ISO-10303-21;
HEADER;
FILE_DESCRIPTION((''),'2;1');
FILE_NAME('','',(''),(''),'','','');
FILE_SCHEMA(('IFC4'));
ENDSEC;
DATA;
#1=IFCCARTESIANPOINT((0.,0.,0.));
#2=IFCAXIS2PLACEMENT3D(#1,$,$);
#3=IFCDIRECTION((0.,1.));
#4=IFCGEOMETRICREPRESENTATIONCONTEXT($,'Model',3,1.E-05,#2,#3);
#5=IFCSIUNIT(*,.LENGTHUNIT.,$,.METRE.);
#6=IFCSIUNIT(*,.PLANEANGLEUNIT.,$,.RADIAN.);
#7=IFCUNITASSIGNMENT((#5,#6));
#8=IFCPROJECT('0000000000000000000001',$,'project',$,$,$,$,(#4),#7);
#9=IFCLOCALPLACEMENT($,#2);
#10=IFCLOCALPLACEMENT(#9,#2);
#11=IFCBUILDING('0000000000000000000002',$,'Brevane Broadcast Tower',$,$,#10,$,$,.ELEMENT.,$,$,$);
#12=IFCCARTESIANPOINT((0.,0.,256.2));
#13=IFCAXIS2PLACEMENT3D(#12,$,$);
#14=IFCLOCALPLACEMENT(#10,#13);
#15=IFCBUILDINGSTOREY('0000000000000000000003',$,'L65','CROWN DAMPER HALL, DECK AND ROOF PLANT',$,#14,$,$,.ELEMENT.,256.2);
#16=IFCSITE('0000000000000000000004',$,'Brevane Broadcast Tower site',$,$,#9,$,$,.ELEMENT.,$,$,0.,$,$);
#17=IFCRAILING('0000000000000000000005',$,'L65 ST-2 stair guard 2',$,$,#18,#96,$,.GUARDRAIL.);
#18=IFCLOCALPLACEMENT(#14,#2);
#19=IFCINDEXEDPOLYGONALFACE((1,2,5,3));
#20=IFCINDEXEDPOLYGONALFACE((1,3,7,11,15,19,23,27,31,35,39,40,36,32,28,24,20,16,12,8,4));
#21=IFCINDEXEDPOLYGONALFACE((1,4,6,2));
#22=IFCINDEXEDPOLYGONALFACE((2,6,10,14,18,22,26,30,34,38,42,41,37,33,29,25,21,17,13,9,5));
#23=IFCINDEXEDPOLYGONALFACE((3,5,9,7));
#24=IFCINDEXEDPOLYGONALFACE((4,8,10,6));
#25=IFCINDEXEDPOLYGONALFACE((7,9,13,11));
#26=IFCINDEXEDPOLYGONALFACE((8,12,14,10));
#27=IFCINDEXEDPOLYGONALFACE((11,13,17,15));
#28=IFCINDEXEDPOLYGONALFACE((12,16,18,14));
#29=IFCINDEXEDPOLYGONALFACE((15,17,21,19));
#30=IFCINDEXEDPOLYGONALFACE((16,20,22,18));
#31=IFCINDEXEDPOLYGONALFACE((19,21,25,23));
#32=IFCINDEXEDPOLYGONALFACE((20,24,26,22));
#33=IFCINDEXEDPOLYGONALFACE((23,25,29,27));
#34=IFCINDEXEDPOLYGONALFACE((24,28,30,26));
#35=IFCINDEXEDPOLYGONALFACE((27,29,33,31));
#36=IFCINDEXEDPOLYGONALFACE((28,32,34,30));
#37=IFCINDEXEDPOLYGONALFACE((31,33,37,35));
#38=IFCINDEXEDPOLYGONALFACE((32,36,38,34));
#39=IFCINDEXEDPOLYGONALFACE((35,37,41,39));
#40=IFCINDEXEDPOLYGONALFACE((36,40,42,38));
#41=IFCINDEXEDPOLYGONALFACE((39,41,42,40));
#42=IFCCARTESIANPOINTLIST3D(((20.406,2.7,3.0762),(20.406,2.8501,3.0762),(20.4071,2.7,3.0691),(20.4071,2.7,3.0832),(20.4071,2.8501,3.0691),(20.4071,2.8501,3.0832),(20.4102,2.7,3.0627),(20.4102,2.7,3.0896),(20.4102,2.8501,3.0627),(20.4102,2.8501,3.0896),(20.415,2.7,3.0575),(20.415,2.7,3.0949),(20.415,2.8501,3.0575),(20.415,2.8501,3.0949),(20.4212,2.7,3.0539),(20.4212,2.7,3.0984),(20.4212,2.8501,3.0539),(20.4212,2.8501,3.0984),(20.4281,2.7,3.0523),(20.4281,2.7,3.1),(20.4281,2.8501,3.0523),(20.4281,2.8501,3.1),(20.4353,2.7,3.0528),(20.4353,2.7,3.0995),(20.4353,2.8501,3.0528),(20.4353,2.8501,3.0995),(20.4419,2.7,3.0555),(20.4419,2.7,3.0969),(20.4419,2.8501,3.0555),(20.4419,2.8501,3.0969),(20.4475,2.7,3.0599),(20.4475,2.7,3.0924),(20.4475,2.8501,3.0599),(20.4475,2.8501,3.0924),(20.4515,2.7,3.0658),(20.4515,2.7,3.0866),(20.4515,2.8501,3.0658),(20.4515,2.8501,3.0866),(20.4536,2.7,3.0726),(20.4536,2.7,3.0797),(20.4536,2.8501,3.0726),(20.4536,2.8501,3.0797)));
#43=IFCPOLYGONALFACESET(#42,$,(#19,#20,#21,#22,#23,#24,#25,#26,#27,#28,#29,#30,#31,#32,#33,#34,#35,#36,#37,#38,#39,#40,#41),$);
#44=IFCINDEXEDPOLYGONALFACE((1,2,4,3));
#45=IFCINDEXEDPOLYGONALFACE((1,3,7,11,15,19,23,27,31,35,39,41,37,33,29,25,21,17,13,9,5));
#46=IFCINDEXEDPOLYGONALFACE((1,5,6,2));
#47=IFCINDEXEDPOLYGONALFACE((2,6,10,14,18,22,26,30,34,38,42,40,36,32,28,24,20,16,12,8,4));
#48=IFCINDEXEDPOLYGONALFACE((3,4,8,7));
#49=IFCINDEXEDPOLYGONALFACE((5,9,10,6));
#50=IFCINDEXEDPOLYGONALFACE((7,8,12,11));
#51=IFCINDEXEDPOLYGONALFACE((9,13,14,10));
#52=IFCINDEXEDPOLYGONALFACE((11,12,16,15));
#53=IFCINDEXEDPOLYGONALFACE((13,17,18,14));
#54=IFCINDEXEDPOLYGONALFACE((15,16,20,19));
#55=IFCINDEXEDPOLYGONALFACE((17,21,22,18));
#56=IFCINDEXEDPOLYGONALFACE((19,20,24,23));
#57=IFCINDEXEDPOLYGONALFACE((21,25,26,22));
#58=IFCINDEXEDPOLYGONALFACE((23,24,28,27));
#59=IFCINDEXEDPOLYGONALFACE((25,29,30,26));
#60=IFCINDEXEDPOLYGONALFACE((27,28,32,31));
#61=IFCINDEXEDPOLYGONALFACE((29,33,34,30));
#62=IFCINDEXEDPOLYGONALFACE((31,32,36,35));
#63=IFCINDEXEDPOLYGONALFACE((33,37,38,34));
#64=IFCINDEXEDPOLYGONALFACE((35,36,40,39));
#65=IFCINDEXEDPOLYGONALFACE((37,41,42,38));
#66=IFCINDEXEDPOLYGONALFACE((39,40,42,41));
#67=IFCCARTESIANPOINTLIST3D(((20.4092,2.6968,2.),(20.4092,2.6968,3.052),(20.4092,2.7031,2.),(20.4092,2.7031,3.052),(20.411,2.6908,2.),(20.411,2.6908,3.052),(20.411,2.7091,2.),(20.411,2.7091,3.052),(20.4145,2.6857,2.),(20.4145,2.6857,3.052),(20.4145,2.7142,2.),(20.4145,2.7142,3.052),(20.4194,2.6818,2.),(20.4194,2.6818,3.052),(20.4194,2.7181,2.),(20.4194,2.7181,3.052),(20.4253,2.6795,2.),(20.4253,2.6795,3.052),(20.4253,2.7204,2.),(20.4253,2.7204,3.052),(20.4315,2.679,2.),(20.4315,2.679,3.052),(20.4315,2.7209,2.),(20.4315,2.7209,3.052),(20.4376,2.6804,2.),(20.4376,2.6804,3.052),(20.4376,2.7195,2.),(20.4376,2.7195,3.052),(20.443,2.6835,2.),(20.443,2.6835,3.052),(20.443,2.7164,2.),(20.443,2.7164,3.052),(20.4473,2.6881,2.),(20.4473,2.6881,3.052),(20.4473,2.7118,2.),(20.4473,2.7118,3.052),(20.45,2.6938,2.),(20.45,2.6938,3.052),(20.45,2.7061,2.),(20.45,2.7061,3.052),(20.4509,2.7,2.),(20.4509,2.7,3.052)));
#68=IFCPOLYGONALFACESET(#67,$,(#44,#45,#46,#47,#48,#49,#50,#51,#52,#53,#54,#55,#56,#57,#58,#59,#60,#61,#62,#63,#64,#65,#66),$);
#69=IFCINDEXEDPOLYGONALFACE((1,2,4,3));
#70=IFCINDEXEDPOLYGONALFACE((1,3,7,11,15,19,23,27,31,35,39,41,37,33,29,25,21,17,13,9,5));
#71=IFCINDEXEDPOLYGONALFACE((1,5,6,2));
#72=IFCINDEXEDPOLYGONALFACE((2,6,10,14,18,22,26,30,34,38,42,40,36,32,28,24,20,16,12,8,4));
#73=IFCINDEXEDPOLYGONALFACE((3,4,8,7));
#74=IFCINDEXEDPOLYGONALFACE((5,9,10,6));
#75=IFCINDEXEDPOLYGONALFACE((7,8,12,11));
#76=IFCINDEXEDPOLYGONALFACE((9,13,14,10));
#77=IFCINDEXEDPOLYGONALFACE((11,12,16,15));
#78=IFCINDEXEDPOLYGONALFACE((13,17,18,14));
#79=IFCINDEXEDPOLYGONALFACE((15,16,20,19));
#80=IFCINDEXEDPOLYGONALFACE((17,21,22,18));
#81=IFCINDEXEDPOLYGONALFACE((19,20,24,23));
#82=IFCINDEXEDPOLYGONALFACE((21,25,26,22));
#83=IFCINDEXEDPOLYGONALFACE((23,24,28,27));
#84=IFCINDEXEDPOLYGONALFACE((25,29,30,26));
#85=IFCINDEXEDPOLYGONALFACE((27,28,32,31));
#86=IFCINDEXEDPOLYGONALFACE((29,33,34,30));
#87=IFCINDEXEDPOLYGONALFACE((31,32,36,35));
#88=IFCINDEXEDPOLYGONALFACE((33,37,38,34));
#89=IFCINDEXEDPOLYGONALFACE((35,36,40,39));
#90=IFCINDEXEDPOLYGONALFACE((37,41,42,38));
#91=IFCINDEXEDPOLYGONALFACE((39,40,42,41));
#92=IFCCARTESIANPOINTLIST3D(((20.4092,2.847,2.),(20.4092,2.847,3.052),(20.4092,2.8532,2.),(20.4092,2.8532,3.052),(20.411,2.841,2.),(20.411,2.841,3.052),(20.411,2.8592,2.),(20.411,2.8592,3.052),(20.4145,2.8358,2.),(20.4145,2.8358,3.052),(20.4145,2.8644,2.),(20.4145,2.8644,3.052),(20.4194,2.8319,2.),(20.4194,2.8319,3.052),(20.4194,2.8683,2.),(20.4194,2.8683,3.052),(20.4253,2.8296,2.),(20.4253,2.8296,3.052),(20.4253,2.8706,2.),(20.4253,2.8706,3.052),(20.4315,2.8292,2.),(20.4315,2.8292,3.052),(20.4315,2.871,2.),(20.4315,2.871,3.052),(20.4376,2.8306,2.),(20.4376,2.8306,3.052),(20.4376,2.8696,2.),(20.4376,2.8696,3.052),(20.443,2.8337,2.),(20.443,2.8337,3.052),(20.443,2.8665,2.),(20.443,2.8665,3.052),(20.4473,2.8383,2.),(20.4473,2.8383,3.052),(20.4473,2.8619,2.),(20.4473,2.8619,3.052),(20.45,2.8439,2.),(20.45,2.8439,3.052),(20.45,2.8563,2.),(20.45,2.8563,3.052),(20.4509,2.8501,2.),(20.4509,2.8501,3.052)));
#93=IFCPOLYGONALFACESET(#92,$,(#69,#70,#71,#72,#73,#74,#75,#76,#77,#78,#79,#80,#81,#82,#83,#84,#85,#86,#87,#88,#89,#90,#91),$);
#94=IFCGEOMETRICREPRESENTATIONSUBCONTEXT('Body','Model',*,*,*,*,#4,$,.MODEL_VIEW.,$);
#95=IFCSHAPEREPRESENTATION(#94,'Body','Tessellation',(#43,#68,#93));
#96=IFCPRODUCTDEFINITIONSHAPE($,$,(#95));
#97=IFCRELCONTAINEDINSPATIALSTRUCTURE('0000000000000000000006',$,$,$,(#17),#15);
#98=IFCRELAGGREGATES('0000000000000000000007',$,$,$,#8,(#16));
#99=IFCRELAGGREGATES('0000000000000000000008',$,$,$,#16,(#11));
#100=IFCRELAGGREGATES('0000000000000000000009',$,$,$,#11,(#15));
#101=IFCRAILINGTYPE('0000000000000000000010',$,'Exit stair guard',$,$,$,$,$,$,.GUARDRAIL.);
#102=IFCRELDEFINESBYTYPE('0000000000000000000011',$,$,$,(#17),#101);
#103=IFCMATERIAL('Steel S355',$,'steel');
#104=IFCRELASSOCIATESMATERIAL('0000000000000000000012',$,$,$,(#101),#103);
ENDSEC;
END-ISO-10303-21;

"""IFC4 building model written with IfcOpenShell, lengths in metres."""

from ifc_helpers import new_model, si_unit, direction, frame, origin, origin_2d, place, context, subcontext, project, spatial, circle, extrude, material, type_object, element, save


model = new_model("IFC4")

# Units and contexts
model_context = context("Model", 3, precision=1e-05, world=origin(), true_north=direction((0.0, 1.0)))
body_context = subcontext(model_context, "Body", "Model", "MODEL_VIEW")
ifc_project = project(units=[si_unit("LENGTHUNIT", "METRE"), si_unit("PLANEANGLEUNIT", "RADIAN")], contexts=[model_context])

# Site, building, storey
site_placement = place(None, origin())
site = spatial("IfcSite", under=ifc_project, at=site_placement, Name="Brevane Broadcast Tower site", CompositionType="ELEMENT", RefElevation=0.0)
building_placement = place(site_placement, origin())
building = spatial("IfcBuilding", under=site, at=building_placement, Name="Brevane Broadcast Tower", CompositionType="ELEMENT")
storey_placement = place(building_placement, frame((0.0, 0.0, 256.2)))
storey = spatial("IfcBuildingStorey", under=building, at=storey_placement, Name="L65", Description="CROWN DAMPER HALL, DECK AND ROOF PLANT", CompositionType="ELEMENT", Elevation=256.2)

# Railing
ifc_material_1 = material(Name="Steel S355", Category="steel")
railing_type_1 = type_object("IfcRailingType", Name="Exit stair guard", PredefinedType="GUARDRAIL", material=ifc_material_1)
railing_1_placement = place(storey_placement, frame((20.4299, 2.7, 2.0)))
element("IfcRailing", 1, at=railing_1_placement, inside=storey, type_object=railing_type_1, Name="L65 ST-2 stair guard 2", PredefinedType="GUARDRAIL", context=body_context, shape_type="SweptSolid", body=[
    extrude(circle(Radius=0.0239, at=origin_2d()), frame((0.0, 0.0, 1.0762), z_axis=(0.0, 1.0, 0.0), x_axis=(-1.0, 0.0, 0.0)), (0.0, 0.0, 1.0), 0.1501),
    extrude(circle(Radius=0.021, at=origin_2d()), origin(), (0.0, 0.0, 1.0), 1.052),
    extrude(circle(Radius=0.021, at=origin_2d()), frame((0.0, 0.1501, 0.0)), (0.0, 0.0, 1.0), 1.052),
])

save(model, "model.ifc")
